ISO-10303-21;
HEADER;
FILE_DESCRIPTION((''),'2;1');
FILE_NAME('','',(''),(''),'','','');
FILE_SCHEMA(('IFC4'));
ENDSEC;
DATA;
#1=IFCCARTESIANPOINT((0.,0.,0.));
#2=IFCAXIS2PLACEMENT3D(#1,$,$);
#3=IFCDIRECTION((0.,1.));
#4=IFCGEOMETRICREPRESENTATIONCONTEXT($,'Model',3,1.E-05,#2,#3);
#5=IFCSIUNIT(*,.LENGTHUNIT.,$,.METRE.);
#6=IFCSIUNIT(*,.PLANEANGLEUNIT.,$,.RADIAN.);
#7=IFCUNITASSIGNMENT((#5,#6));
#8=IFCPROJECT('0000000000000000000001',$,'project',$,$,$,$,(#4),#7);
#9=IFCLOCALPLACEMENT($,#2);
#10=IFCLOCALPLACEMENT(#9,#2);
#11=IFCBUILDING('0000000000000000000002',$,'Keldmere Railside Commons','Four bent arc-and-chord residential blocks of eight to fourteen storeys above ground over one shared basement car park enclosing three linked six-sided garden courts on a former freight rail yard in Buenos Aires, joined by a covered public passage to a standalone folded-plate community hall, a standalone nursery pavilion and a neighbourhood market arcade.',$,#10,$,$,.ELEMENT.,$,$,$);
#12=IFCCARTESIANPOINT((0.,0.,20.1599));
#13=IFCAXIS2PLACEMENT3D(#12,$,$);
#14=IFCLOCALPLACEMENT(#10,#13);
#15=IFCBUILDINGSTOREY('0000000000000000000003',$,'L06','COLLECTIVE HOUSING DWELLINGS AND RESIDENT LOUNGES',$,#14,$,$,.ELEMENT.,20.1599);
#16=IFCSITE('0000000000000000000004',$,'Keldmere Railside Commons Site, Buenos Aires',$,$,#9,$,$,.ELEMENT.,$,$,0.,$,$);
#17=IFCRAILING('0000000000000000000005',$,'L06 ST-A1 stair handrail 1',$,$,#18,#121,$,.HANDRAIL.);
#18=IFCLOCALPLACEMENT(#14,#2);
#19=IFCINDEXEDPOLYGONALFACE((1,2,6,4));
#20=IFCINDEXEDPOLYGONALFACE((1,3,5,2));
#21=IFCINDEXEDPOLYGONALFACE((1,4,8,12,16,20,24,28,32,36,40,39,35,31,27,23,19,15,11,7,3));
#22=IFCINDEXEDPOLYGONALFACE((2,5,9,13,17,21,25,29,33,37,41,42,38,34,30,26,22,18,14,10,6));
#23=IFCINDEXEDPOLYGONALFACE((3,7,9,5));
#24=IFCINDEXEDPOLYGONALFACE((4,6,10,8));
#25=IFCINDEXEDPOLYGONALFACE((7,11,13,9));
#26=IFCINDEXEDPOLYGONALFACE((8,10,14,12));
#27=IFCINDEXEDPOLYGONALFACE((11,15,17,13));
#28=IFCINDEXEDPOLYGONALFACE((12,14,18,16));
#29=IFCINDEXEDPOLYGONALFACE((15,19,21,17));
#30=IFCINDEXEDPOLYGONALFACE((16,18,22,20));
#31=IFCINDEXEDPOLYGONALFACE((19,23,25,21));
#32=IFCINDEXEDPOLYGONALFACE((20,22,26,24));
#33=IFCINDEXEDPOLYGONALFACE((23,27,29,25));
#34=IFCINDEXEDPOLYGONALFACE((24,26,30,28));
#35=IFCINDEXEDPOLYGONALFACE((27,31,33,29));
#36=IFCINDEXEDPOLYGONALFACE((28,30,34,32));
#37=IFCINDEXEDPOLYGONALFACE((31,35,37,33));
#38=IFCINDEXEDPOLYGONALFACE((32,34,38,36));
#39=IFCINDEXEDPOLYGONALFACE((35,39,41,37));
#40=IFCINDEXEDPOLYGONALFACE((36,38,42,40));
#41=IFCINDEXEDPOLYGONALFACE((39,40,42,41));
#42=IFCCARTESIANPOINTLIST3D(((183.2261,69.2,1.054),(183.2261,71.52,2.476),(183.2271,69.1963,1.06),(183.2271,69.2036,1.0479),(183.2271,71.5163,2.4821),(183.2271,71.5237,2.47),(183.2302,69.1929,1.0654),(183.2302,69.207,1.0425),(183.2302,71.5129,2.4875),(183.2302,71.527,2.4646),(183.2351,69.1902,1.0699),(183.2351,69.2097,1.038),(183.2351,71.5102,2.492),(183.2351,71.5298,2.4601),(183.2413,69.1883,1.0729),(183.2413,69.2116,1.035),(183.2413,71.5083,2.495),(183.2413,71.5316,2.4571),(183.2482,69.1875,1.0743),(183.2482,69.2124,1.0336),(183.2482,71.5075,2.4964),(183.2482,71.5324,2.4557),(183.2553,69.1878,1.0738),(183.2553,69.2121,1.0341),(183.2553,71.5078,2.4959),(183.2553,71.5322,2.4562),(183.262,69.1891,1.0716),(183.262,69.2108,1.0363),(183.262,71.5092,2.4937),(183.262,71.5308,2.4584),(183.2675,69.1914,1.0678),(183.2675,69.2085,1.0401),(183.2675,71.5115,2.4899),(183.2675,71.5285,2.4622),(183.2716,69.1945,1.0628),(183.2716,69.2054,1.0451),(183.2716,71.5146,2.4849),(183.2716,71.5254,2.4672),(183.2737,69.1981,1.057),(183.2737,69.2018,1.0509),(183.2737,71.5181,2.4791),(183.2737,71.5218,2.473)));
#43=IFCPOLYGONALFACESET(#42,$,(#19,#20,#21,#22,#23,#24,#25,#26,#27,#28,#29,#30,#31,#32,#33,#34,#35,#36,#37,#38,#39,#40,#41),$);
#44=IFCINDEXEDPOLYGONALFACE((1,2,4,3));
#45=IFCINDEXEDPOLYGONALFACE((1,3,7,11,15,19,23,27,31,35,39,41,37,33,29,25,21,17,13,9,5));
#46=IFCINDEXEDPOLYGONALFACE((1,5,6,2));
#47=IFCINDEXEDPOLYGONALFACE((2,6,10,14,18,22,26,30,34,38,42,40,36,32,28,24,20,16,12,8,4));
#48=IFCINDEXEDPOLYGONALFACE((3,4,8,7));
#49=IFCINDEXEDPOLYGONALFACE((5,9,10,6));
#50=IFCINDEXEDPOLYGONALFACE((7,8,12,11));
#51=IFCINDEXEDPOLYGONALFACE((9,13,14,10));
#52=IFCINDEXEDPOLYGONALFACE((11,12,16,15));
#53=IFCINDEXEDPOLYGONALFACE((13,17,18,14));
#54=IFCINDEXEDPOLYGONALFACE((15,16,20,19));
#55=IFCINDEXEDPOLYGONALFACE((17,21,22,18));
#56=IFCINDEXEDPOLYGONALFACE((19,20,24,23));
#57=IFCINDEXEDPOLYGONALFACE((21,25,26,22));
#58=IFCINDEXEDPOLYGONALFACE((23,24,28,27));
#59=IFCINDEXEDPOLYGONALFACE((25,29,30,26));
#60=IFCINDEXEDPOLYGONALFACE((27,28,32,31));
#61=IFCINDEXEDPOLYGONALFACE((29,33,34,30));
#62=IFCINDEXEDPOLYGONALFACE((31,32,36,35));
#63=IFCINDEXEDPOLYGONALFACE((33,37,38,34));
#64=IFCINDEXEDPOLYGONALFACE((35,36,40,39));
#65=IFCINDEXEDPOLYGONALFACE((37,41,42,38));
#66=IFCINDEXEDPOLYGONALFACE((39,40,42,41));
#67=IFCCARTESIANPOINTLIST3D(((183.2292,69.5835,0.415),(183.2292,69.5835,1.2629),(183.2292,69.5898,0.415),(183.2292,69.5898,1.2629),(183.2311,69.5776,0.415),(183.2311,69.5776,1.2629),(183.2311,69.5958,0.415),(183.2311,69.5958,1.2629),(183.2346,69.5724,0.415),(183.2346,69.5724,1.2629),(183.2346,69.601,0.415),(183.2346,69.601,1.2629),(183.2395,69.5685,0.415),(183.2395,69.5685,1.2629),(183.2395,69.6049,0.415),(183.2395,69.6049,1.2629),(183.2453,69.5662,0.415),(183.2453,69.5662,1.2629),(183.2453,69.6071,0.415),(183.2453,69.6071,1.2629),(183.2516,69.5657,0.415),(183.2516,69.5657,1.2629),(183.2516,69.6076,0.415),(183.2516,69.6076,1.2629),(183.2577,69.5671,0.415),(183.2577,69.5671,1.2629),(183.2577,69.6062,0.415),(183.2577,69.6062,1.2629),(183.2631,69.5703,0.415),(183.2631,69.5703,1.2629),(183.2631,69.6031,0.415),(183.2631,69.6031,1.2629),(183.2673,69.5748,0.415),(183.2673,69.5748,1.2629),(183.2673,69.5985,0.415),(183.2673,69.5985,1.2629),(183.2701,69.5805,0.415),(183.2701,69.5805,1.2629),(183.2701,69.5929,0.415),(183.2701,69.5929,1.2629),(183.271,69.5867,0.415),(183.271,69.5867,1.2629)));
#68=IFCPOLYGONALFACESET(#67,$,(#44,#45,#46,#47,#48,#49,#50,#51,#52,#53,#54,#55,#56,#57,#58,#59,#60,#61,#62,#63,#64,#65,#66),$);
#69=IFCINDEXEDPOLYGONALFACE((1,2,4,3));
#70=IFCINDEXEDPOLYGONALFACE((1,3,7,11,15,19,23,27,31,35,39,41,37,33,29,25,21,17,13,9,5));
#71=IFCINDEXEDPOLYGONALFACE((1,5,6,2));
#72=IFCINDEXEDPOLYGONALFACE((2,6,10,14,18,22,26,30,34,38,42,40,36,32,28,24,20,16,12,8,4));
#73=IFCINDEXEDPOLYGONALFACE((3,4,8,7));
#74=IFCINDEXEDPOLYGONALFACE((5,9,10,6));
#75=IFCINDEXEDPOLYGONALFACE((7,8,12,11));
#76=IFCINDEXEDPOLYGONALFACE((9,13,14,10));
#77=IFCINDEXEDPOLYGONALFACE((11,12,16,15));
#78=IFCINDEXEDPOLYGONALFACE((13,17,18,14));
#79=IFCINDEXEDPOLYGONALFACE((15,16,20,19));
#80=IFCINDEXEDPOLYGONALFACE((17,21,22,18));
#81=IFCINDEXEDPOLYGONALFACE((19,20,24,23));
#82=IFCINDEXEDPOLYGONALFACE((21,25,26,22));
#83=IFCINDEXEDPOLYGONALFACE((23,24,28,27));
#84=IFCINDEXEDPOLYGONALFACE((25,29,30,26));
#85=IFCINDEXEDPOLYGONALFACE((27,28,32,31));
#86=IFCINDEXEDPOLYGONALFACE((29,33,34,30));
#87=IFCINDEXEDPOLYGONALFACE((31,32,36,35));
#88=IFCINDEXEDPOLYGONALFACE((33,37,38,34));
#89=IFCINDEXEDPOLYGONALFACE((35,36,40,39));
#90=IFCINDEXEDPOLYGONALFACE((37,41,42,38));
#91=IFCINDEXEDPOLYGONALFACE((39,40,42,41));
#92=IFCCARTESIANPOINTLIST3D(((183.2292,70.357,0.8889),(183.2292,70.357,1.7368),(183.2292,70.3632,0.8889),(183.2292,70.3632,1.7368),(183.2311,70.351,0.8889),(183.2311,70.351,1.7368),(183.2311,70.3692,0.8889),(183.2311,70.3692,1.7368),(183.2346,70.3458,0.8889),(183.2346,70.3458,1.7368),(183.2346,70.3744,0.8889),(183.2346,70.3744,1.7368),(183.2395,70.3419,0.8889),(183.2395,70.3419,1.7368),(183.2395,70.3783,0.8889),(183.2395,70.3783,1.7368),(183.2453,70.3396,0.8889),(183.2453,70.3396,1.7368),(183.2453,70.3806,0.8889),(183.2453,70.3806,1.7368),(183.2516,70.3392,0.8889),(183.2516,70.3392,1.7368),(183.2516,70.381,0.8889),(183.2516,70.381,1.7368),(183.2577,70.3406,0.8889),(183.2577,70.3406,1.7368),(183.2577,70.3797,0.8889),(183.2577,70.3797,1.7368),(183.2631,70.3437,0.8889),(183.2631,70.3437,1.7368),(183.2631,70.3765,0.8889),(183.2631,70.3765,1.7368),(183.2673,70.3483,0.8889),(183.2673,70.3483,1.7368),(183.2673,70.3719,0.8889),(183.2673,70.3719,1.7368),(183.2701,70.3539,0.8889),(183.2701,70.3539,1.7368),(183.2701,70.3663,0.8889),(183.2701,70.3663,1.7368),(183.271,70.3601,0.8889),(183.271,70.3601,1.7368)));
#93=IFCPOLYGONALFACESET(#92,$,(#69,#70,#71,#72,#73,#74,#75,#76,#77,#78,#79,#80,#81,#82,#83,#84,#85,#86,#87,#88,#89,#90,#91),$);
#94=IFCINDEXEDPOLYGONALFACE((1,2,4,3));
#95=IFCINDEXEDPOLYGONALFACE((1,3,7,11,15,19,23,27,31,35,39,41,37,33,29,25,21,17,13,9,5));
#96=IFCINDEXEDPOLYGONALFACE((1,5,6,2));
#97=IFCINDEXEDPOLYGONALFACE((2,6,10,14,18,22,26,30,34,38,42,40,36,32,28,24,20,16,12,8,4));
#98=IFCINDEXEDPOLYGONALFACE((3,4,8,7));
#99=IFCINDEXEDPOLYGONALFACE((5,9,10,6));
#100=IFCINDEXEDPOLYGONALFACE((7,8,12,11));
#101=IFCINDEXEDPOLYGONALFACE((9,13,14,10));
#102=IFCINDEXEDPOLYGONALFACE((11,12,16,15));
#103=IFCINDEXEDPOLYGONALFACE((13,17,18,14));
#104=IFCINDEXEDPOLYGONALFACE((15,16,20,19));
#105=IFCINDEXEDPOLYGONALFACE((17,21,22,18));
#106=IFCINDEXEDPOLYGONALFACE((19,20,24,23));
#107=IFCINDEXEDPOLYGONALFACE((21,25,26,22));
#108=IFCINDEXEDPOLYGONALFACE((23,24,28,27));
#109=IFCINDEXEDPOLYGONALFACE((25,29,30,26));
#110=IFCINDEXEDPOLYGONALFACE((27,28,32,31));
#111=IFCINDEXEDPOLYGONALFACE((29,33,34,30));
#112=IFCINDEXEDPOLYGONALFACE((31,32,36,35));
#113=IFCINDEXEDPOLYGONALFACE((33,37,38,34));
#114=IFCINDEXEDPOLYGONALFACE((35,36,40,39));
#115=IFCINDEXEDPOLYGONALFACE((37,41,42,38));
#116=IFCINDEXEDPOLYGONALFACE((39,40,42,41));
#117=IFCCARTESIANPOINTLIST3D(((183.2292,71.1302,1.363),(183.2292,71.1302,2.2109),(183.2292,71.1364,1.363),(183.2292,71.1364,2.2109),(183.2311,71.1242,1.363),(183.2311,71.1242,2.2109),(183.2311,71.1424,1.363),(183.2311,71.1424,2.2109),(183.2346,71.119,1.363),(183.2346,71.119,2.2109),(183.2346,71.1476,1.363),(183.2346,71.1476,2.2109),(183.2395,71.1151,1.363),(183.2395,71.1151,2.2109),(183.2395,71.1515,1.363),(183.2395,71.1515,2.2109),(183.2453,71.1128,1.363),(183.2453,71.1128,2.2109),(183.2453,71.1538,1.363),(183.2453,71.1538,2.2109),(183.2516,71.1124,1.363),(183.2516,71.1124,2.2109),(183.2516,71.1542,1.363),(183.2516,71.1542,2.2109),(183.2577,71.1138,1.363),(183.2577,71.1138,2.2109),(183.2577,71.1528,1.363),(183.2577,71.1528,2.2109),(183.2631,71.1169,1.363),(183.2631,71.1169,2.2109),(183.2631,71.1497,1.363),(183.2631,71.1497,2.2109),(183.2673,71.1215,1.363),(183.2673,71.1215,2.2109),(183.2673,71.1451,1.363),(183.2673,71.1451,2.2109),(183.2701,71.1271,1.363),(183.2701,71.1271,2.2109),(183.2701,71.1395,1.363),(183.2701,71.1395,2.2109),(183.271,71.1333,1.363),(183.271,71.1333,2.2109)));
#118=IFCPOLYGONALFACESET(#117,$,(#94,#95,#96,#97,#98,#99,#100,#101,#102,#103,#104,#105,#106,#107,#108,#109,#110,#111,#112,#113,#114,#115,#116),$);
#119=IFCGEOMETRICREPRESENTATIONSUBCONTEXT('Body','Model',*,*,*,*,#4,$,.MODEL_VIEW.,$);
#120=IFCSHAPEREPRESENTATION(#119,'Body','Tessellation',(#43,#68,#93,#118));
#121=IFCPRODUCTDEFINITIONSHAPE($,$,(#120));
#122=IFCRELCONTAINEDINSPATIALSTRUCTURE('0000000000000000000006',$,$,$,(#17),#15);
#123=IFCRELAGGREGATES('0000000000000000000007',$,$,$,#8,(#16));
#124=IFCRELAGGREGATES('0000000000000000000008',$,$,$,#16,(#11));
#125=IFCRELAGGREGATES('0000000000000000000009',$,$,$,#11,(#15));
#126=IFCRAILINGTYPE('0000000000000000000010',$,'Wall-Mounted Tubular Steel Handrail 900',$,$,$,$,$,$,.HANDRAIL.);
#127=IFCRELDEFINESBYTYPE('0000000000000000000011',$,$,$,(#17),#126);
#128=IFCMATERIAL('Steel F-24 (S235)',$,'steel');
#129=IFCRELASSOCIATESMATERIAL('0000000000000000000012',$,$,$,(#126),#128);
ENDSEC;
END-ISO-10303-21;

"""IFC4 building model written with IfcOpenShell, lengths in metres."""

from ifc_helpers import new_model, si_unit, direction, frame, origin, origin_2d, place, context, subcontext, project, spatial, circle, extrude, material, type_object, element, save


model = new_model("IFC4")

# Units and contexts
model_context = context("Model", 3, precision=1e-05, world=origin(), true_north=direction((0.0, 1.0)))
body_context = subcontext(model_context, "Body", "Model", "MODEL_VIEW")
ifc_project = project(units=[si_unit("LENGTHUNIT", "METRE"), si_unit("PLANEANGLEUNIT", "RADIAN")], contexts=[model_context])

# Site, building, storey
site_placement = place(None, origin())
site = spatial("IfcSite", under=ifc_project, at=site_placement, Name="Keldmere Railside Commons Site, Buenos Aires", CompositionType="ELEMENT", RefElevation=0.0)
building_placement = place(site_placement, origin())
building = spatial("IfcBuilding", under=site, at=building_placement, Name="Keldmere Railside Commons", Description="Four bent arc-and-chord residential blocks of eight to fourteen storeys above ground over one shared basement car park enclosing three linked six-sided garden courts on a former freight rail yard in Buenos Aires, joined by a covered public passage to a standalone folded-plate community hall, a standalone nursery pavilion and a neighbourhood market arcade.", CompositionType="ELEMENT")
storey_placement = place(building_placement, frame((0.0, 0.0, 20.1599)))
storey = spatial("IfcBuildingStorey", under=building, at=storey_placement, Name="L06", Description="COLLECTIVE HOUSING DWELLINGS AND RESIDENT LOUNGES", CompositionType="ELEMENT", Elevation=20.1599)

# Shared definitions
ifc_material_1 = material(Name="Steel F-24 (S235)", Category="steel")

# Railing
railing_type_1 = type_object("IfcRailingType", Name="Wall-Mounted Tubular Steel Handrail 900", PredefinedType="HANDRAIL", material=ifc_material_1)
railing_1_placement = place(storey_placement, frame((183.25, 69.2, 0.178)))
element("IfcRailing", 1, at=railing_1_placement, inside=storey, type_object=railing_type_1, Name="L06 ST-A1 stair handrail 1", PredefinedType="HANDRAIL", context=body_context, shape_type="SweptSolid", body=[
    extrude(circle(Radius=0.0239, at=origin_2d()), frame((0.0, 0.0, 0.876), z_axis=(0.0, 0.852578, 0.5226), x_axis=(-1.0, 0.0, 0.0)), (0.0, 0.0, 1.0), 2.7212),
    extrude(circle(Radius=0.021, at=origin_2d()), frame((0.0, 0.3867, 0.2371)), (0.0, 0.0, 1.0), 0.8479),
    extrude(circle(Radius=0.021, at=origin_2d()), frame((0.0, 1.1602, 0.7109)), (0.0, 0.0, 1.0), 0.8479),
    extrude(circle(Radius=0.021, at=origin_2d()), frame((0.0, 1.9333, 1.1851)), (0.0, 0.0, 1.0), 0.8479),
])

save(model, "model.ifc")
